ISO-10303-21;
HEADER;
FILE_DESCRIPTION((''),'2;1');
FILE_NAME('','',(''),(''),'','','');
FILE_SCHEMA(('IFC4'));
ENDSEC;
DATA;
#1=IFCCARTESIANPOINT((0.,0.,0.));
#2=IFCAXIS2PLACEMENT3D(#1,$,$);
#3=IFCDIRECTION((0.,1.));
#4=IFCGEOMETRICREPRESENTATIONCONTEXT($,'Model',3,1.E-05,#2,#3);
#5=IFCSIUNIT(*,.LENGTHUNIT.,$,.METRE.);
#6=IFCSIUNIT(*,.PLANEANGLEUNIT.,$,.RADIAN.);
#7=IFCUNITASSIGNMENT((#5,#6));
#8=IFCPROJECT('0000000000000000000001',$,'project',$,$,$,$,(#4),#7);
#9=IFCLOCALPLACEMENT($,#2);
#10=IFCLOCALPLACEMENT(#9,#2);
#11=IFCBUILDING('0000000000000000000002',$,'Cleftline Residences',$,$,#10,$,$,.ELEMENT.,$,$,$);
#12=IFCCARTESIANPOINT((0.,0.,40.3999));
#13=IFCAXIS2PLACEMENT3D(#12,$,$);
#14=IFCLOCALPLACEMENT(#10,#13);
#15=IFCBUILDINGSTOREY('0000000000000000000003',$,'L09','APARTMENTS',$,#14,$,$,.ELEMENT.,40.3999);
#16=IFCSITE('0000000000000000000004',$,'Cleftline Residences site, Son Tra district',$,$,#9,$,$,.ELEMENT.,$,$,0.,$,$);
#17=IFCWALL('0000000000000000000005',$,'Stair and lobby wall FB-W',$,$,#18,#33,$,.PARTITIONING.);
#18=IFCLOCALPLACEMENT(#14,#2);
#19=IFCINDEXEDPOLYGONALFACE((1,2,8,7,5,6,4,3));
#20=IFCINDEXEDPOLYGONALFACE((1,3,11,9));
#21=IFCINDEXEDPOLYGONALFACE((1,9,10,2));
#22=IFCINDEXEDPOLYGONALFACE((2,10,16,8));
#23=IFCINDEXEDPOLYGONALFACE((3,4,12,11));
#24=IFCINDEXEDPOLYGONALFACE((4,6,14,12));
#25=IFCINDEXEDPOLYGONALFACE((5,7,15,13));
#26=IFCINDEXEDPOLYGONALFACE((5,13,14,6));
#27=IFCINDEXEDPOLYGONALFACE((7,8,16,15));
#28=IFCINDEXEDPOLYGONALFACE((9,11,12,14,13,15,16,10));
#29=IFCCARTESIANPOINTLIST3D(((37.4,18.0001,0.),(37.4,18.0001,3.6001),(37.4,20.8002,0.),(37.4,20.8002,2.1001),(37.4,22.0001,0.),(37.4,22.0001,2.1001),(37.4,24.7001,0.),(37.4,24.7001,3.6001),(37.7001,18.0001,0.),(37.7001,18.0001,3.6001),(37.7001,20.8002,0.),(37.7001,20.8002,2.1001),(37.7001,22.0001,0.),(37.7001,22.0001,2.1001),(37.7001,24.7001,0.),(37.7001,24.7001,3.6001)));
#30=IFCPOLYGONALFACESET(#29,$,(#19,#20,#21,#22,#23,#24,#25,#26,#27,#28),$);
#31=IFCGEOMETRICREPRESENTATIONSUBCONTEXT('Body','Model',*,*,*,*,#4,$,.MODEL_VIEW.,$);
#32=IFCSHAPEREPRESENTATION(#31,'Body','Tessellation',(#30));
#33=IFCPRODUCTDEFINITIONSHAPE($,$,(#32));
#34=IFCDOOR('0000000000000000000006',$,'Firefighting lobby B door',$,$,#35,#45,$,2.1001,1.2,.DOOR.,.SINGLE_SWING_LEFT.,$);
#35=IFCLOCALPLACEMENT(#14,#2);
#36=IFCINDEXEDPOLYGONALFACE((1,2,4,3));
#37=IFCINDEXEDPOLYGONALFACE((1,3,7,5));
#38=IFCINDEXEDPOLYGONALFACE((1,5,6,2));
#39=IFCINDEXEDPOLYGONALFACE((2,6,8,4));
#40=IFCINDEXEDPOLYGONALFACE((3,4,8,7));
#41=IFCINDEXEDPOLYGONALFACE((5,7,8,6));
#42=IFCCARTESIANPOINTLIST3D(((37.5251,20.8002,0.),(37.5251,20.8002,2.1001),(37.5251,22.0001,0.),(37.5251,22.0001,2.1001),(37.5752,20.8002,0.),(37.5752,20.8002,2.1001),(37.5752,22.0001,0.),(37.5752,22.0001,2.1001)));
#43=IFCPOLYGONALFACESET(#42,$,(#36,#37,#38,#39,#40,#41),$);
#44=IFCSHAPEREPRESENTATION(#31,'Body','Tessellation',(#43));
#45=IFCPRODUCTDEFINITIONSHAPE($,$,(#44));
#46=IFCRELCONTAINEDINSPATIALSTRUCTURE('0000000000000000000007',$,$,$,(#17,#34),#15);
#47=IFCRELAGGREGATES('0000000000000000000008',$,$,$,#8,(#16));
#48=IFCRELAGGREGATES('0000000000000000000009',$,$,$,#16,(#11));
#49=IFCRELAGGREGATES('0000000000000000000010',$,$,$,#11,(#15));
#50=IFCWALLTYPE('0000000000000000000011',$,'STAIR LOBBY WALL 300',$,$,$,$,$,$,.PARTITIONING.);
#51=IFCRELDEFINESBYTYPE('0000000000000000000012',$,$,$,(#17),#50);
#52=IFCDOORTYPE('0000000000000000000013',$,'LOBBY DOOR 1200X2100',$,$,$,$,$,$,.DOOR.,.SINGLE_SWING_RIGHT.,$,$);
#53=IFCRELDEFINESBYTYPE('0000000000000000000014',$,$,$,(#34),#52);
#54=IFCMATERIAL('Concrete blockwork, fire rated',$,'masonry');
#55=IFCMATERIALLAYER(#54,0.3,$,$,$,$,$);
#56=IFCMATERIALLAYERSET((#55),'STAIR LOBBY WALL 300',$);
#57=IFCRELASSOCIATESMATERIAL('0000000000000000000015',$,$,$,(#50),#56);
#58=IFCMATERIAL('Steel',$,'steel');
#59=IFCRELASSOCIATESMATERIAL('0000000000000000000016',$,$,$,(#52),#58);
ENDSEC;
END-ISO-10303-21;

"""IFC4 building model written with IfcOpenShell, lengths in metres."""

from ifc_helpers import new_model, si_unit, direction, frame, frame_2d, origin, place, context, subcontext, project, spatial, rectangle, extrude, material, layer, layer_set, type_object, element, fill, save


model = new_model("IFC4")

# Units and contexts
model_context = context("Model", 3, precision=1e-05, world=origin(), true_north=direction((0.0, 1.0)))
body_context = subcontext(model_context, "Body", "Model", "MODEL_VIEW")
ifc_project = project(units=[si_unit("LENGTHUNIT", "METRE"), si_unit("PLANEANGLEUNIT", "RADIAN")], contexts=[model_context])

# Site, building, storey
site_placement = place(None, origin())
site = spatial("IfcSite", under=ifc_project, at=site_placement, Name="Cleftline Residences site, Son Tra district", CompositionType="ELEMENT", RefElevation=0.0)
building_placement = place(site_placement, origin())
building = spatial("IfcBuilding", under=site, at=building_placement, Name="Cleftline Residences", CompositionType="ELEMENT")
storey_placement = place(building_placement, frame((0.0, 0.0, 40.3999)))
storey = spatial("IfcBuildingStorey", under=building, at=storey_placement, Name="L09", Description="APARTMENTS", CompositionType="ELEMENT", Elevation=40.3999)

# Wall, opening, door
ifc_material_1 = material(Name="Concrete blockwork, fire rated", Category="masonry")
ifc_layer_1 = layer(ifc_material_1, 0.3)
ifc_layer_set_1 = layer_set([ifc_layer_1], Name="STAIR LOBBY WALL 300")
wall_type_1 = type_object("IfcWallType", Name="STAIR LOBBY WALL 300", PredefinedType="PARTITIONING", material=ifc_layer_set_1)
ifc_material_2 = material(Name="Steel", Category="steel")
door_type_1 = type_object("IfcDoorType", Name="LOBBY DOOR 1200X2100", OperationType="SINGLE_SWING_RIGHT", PredefinedType="DOOR", material=ifc_material_2)
wall_1_placement = place(storey_placement, frame((37.55, 18.0, 0.0), z_axis=(0.0, 0.0, 1.0), x_axis=(0.0, 1.0, 0.0)))
wall_1 = element("IfcWall", 1, at=wall_1_placement, inside=storey, type_object=wall_type_1, Name="Stair and lobby wall FB-W", PredefinedType="PARTITIONING", context=body_context, shape_type="SweptSolid", body=[
    extrude(rectangle(XDim=6.7, YDim=0.3, at=frame_2d((3.3501, 0.0))), origin(), (0.0, 0.0, 1.0), 3.6001),
])
opening_1_placement = place(wall_1_placement, frame((2.8, 0.0, 0.0)))
opening_1 = element("IfcOpeningElement", 2, at=opening_1_placement, cuts=wall_1, PredefinedType="OPENING", context=body_context, shape_type="SweptSolid", body=[
    extrude(rectangle(XDim=1.2, YDim=2.1001, at=frame_2d((0.6001, 1.05))), frame((0.0, 0.1599, 0.0), z_axis=(0.0, -1.0, 0.0), x_axis=(1.0, 0.0, 0.0)), (0.0, 0.0, 1.0), 0.3201),
])
door_1_placement = place(opening_1_placement, origin())
door_1 = element("IfcDoor", 3, at=door_1_placement, inside=storey, type_object=door_type_1, Name="Firefighting lobby B door", OperationType="SINGLE_SWING_LEFT", OverallHeight=2.1001, OverallWidth=1.2, PredefinedType="DOOR", context=body_context, shape_type="SweptSolid", body=[
    extrude(rectangle(XDim=1.2, YDim=2.1001, at=frame_2d((0.6001, 1.05))), frame((0.0, 0.0249, 0.0), z_axis=(0.0, -1.0, 0.0), x_axis=(1.0, 0.0, 0.0)), (0.0, 0.0, 1.0), 0.05),
])
fill(opening_1, door_1)

save(model, "model.ifc")
